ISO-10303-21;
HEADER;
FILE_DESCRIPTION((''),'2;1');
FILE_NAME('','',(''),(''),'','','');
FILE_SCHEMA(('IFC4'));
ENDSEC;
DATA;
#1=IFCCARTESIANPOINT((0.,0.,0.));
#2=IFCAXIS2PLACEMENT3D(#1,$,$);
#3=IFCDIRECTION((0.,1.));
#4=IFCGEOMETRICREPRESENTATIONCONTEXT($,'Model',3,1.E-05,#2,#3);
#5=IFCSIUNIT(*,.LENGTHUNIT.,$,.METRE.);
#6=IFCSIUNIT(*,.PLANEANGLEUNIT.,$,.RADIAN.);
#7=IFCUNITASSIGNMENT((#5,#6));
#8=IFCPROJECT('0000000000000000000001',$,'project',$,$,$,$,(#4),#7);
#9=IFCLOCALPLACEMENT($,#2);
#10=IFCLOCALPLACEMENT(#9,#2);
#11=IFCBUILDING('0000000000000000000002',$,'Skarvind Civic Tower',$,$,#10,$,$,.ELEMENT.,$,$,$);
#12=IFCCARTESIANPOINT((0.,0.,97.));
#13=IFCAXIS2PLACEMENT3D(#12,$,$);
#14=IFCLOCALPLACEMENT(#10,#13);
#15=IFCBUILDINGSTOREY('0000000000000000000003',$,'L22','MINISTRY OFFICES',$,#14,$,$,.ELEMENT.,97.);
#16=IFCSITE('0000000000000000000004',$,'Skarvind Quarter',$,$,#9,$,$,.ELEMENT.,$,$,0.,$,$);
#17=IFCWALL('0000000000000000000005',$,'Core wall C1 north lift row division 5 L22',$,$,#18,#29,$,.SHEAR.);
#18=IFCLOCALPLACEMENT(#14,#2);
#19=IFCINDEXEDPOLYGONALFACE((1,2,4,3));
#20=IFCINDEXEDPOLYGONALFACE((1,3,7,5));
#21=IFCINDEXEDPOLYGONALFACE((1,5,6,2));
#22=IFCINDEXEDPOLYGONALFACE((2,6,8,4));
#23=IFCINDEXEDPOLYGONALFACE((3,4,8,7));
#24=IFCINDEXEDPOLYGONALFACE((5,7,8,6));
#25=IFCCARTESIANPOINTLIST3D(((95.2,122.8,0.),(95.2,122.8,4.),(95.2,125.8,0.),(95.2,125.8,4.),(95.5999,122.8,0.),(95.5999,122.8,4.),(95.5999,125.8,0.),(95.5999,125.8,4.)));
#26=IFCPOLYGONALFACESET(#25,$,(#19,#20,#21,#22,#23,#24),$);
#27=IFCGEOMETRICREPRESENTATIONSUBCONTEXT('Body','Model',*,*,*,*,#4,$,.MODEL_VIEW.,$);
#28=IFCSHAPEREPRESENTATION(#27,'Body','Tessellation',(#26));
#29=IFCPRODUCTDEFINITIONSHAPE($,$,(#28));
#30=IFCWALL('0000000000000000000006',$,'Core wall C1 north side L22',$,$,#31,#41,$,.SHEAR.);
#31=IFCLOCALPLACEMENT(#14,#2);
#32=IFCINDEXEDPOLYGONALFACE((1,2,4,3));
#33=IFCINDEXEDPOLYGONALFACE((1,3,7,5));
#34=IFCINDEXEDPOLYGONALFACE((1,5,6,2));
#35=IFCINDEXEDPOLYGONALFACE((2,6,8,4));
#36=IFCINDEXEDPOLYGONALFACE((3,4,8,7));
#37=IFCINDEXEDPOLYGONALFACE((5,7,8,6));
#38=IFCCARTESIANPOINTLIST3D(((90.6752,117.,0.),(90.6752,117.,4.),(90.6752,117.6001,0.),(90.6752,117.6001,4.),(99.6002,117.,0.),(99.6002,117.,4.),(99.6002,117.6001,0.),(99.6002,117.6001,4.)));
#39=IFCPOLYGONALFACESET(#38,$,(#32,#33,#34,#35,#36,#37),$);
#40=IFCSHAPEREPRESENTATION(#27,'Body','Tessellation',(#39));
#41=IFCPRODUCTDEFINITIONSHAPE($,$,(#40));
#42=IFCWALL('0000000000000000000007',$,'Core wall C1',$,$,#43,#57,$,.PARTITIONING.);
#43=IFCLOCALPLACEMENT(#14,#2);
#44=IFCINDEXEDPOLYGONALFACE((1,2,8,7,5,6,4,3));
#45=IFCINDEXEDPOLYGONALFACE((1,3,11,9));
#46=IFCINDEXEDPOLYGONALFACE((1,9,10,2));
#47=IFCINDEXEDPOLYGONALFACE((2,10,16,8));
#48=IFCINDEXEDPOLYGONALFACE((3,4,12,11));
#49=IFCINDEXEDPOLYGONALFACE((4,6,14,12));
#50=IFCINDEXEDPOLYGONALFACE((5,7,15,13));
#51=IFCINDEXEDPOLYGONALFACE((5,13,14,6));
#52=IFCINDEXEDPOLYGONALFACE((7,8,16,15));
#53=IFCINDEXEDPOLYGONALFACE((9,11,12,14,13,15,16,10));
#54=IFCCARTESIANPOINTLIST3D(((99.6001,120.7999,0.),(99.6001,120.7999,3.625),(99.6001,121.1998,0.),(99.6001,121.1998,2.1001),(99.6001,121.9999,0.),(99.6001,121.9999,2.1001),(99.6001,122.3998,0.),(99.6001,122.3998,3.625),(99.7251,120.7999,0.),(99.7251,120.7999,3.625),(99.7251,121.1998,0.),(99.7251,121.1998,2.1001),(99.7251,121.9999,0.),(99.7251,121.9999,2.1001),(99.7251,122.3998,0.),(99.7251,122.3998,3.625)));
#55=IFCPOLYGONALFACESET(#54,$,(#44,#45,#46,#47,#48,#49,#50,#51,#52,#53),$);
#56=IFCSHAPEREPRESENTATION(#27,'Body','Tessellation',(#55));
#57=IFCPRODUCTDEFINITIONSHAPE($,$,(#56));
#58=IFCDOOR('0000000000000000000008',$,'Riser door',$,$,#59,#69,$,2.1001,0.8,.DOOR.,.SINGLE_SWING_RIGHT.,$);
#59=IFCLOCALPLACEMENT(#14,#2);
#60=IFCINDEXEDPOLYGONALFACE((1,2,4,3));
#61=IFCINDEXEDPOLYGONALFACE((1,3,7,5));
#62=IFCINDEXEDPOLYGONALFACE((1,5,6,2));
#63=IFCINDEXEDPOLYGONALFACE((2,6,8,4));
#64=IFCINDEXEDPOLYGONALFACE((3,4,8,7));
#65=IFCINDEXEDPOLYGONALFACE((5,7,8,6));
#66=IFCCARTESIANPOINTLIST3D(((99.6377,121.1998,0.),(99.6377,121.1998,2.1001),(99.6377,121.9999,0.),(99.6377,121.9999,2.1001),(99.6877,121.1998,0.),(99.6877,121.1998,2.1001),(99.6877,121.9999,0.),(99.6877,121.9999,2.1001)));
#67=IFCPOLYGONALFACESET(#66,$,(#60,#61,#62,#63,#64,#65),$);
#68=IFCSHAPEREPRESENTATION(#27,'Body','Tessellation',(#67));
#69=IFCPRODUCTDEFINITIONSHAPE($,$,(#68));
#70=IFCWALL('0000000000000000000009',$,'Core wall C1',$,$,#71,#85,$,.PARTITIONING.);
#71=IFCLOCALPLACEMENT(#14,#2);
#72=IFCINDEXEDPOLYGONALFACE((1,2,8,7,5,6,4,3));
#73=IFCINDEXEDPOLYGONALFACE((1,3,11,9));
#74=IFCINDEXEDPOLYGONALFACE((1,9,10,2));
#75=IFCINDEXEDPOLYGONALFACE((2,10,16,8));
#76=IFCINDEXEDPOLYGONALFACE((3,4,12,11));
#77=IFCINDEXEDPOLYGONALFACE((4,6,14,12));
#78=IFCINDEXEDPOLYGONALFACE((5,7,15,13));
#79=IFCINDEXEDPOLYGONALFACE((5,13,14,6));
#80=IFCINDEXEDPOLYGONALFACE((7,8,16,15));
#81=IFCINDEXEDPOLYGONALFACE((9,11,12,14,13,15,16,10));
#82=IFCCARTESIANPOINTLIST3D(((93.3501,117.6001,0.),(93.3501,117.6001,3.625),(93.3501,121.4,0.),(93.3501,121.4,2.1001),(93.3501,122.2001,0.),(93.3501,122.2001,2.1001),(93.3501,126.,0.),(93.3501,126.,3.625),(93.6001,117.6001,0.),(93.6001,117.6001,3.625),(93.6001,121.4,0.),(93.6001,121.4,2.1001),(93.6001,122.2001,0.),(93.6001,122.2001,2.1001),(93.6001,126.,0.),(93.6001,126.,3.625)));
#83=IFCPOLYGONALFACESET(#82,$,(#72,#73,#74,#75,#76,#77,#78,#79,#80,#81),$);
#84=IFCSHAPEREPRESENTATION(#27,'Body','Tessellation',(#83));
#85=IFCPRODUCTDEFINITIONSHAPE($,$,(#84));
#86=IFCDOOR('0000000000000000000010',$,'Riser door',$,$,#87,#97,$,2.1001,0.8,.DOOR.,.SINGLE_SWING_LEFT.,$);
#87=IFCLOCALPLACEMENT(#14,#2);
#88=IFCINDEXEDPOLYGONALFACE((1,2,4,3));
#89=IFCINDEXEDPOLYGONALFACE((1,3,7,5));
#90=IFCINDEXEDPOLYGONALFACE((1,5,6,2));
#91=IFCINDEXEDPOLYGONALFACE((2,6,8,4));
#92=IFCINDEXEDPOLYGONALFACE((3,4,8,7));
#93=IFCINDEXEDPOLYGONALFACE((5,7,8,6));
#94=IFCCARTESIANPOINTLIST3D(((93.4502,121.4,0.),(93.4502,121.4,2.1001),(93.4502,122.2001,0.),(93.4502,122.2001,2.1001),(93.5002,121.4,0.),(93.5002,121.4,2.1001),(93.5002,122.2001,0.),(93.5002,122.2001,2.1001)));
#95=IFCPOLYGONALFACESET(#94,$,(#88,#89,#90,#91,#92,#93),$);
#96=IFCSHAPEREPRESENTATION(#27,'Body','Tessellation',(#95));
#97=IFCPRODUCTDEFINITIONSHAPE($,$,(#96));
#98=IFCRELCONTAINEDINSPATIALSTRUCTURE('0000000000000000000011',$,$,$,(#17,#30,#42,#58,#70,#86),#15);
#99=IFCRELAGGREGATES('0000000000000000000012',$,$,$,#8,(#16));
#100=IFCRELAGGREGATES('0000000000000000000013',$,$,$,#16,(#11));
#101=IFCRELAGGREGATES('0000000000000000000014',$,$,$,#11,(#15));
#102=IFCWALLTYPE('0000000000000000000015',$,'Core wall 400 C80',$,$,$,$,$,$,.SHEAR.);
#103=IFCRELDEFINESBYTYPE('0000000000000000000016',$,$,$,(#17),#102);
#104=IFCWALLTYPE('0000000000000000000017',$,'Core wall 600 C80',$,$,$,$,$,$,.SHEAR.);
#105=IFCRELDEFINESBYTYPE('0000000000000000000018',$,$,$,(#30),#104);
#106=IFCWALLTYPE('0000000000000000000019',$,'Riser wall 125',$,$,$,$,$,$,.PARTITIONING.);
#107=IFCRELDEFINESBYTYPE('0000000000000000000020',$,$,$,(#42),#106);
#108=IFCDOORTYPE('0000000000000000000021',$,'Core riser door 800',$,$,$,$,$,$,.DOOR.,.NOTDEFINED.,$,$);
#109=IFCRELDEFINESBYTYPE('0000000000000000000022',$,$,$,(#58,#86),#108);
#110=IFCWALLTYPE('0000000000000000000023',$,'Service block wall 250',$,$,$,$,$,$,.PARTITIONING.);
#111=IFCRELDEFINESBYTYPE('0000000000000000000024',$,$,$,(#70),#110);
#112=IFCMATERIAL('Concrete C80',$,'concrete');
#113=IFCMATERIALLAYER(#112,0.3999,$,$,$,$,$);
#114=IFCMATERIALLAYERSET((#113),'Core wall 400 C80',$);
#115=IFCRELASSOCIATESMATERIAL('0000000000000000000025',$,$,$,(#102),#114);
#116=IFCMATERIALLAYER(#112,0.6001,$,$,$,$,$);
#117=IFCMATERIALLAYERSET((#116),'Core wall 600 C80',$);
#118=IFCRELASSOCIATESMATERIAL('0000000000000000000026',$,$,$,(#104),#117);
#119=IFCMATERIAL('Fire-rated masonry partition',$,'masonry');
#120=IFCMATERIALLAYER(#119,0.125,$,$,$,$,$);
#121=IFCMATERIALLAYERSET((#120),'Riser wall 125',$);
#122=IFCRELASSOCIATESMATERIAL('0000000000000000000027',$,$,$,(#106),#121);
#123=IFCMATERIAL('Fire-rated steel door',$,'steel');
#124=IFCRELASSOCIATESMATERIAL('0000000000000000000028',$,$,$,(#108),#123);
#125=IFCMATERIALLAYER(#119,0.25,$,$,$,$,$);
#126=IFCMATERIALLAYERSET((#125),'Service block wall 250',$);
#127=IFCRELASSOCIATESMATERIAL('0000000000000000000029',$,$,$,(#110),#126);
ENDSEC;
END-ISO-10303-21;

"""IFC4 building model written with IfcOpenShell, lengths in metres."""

from ifc_helpers import new_model, si_unit, direction, frame, frame_2d, origin, place, context, subcontext, project, spatial, rectangle, extrude, material, layer, layer_set, type_object, element, fill, save


model = new_model("IFC4")

# Units and contexts
model_context = context("Model", 3, precision=1e-05, world=origin(), true_north=direction((0.0, 1.0)))
body_context = subcontext(model_context, "Body", "Model", "MODEL_VIEW")
ifc_project = project(units=[si_unit("LENGTHUNIT", "METRE"), si_unit("PLANEANGLEUNIT", "RADIAN")], contexts=[model_context])

# Site, building, storey
site_placement = place(None, origin())
site = spatial("IfcSite", under=ifc_project, at=site_placement, Name="Skarvind Quarter", CompositionType="ELEMENT", RefElevation=0.0)
building_placement = place(site_placement, origin())
building = spatial("IfcBuilding", under=site, at=building_placement, Name="Skarvind Civic Tower", CompositionType="ELEMENT")
storey_placement = place(building_placement, frame((0.0, 0.0, 97.0)))
storey = spatial("IfcBuildingStorey", under=building, at=storey_placement, Name="L22", Description="MINISTRY OFFICES", CompositionType="ELEMENT", Elevation=97.0)

# Shared definitions
ifc_material_1 = material(Name="Fire-rated masonry partition", Category="masonry")
ifc_material_2 = material(Name="Fire-rated steel door", Category="steel")

# Walls
ifc_material_3 = material(Name="Concrete C80", Category="concrete")
ifc_layer_1 = layer(ifc_material_3, 0.3999)
ifc_layer_set_1 = layer_set([ifc_layer_1], Name="Core wall 400 C80")
wall_type_1 = type_object("IfcWallType", Name="Core wall 400 C80", PredefinedType="SHEAR", material=ifc_layer_set_1)
for number, where, z_axis, x_axis, name in (
    (1, (95.3999, 125.8, 0.0), (0.0, 0.0, 1.0), (0.0, -1.0, 0.0), "Core wall C1 north lift row division 5 L22"),
):
    element("IfcWall", number, at=place(storey_placement, frame(where, z_axis=z_axis, x_axis=x_axis)), inside=storey, type_object=wall_type_1, Name=name, PredefinedType="SHEAR", context=body_context, shape_type="SweptSolid", body=[
        extrude(rectangle(XDim=3.0, YDim=0.3999, at=frame_2d((1.5, 0.0))), origin(), (0.0, 0.0, 1.0), 4.0),
    ])
ifc_layer_2 = layer(ifc_material_3, 0.6001)
ifc_layer_set_2 = layer_set([ifc_layer_2], Name="Core wall 600 C80")
wall_type_2 = type_object("IfcWallType", Name="Core wall 600 C80", PredefinedType="SHEAR", material=ifc_layer_set_2)
wall_1_placement = place(storey_placement, frame((99.6001, 117.3, 0.0), z_axis=(0.0, 0.0, 1.0), x_axis=(-1.0, 0.0, 0.0)))
element("IfcWall", 2, at=wall_1_placement, inside=storey, type_object=wall_type_2, Name="Core wall C1 north side L22", PredefinedType="SHEAR", context=body_context, shape_type="SweptSolid", body=[
    extrude(rectangle(XDim=8.925, YDim=0.6001, at=frame_2d((4.4624, 0.0))), origin(), (0.0, 0.0, 1.0), 4.0),
])

# Walls, openings, doors
ifc_layer_3 = layer(ifc_material_1, 0.125)
ifc_layer_set_3 = layer_set([ifc_layer_3], Name="Riser wall 125")
wall_type_3 = type_object("IfcWallType", Name="Riser wall 125", PredefinedType="PARTITIONING", material=ifc_layer_set_3)
wall_2_placement = place(storey_placement, frame((99.6626, 120.8, 0.0), z_axis=(0.0, 0.0, 1.0), x_axis=(0.0, 1.0, 0.0)))
wall_2 = element("IfcWall", 3, at=wall_2_placement, inside=storey, type_object=wall_type_3, Name="Core wall C1", PredefinedType="PARTITIONING", context=body_context, shape_type="SweptSolid", body=[
    extrude(rectangle(XDim=1.5999, YDim=0.125, at=frame_2d((0.7998, 0.0))), origin(), (0.0, 0.0, 1.0), 3.625),
])
opening_1_placement = place(wall_2_placement, frame((0.3999, 0.0, 0.0)))
opening_1 = element("IfcOpeningElement", 4, at=opening_1_placement, cuts=wall_2, PredefinedType="OPENING", context=body_context, shape_type="SweptSolid", body=[
    extrude(rectangle(XDim=0.8, YDim=2.1001, at=frame_2d((0.3999, 1.05))), frame((0.0, 0.0725, 0.0), z_axis=(0.0, -1.0, 0.0), x_axis=(1.0, 0.0, 0.0)), (0.0, 0.0, 1.0), 0.145),
])
door_type_1 = type_object("IfcDoorType", Name="Core riser door 800", OperationType="NOTDEFINED", PredefinedType="DOOR", material=ifc_material_2)
door_1_placement = place(opening_1_placement, origin())
door_1 = element("IfcDoor", 5, at=door_1_placement, inside=storey, type_object=door_type_1, Name="Riser door", OperationType="SINGLE_SWING_RIGHT", OverallHeight=2.1001, OverallWidth=0.8, PredefinedType="DOOR", context=body_context, shape_type="SweptSolid", body=[
    extrude(rectangle(XDim=0.8, YDim=2.1001, at=frame_2d((0.3999, 1.05))), frame((0.0, 0.0249, 0.0), z_axis=(0.0, -1.0, 0.0), x_axis=(1.0, 0.0, 0.0)), (0.0, 0.0, 1.0), 0.05),
])
fill(opening_1, door_1)
ifc_layer_4 = layer(ifc_material_1, 0.25)
ifc_layer_set_4 = layer_set([ifc_layer_4], Name="Service block wall 250")
wall_type_4 = type_object("IfcWallType", Name="Service block wall 250", PredefinedType="PARTITIONING", material=ifc_layer_set_4)
wall_3_placement = place(storey_placement, frame((93.4751, 117.6001, 0.0), z_axis=(0.0, 0.0, 1.0), x_axis=(0.0, 1.0, 0.0)))
wall_3 = element("IfcWall", 6, at=wall_3_placement, inside=storey, type_object=wall_type_4, Name="Core wall C1", PredefinedType="PARTITIONING", context=body_context, shape_type="SweptSolid", body=[
    extrude(rectangle(XDim=8.3999, YDim=0.25, at=frame_2d((4.2, 0.0))), origin(), (0.0, 0.0, 1.0), 3.625),
])
opening_2_placement = place(wall_3_placement, frame((3.8, 0.0, 0.0)))
opening_2 = element("IfcOpeningElement", 7, at=opening_2_placement, cuts=wall_3, PredefinedType="OPENING", context=body_context, shape_type="SweptSolid", body=[
    extrude(rectangle(XDim=0.8, YDim=2.1001, at=frame_2d((0.3999, 1.05))), frame((0.0, 0.135, 0.0), z_axis=(0.0, -1.0, 0.0), x_axis=(1.0, 0.0, 0.0)), (0.0, 0.0, 1.0), 0.27),
])
door_2_placement = place(opening_2_placement, origin())
door_2 = element("IfcDoor", 8, at=door_2_placement, inside=storey, type_object=door_type_1, Name="Riser door", OperationType="SINGLE_SWING_LEFT", OverallHeight=2.1001, OverallWidth=0.8, PredefinedType="DOOR", context=body_context, shape_type="SweptSolid", body=[
    extrude(rectangle(XDim=0.8, YDim=2.1001, at=frame_2d((0.3999, 1.05))), frame((0.0, 0.0249, 0.0), z_axis=(0.0, -1.0, 0.0), x_axis=(1.0, 0.0, 0.0)), (0.0, 0.0, 1.0), 0.05),
])
fill(opening_2, door_2)

save(model, "model.ifc")
